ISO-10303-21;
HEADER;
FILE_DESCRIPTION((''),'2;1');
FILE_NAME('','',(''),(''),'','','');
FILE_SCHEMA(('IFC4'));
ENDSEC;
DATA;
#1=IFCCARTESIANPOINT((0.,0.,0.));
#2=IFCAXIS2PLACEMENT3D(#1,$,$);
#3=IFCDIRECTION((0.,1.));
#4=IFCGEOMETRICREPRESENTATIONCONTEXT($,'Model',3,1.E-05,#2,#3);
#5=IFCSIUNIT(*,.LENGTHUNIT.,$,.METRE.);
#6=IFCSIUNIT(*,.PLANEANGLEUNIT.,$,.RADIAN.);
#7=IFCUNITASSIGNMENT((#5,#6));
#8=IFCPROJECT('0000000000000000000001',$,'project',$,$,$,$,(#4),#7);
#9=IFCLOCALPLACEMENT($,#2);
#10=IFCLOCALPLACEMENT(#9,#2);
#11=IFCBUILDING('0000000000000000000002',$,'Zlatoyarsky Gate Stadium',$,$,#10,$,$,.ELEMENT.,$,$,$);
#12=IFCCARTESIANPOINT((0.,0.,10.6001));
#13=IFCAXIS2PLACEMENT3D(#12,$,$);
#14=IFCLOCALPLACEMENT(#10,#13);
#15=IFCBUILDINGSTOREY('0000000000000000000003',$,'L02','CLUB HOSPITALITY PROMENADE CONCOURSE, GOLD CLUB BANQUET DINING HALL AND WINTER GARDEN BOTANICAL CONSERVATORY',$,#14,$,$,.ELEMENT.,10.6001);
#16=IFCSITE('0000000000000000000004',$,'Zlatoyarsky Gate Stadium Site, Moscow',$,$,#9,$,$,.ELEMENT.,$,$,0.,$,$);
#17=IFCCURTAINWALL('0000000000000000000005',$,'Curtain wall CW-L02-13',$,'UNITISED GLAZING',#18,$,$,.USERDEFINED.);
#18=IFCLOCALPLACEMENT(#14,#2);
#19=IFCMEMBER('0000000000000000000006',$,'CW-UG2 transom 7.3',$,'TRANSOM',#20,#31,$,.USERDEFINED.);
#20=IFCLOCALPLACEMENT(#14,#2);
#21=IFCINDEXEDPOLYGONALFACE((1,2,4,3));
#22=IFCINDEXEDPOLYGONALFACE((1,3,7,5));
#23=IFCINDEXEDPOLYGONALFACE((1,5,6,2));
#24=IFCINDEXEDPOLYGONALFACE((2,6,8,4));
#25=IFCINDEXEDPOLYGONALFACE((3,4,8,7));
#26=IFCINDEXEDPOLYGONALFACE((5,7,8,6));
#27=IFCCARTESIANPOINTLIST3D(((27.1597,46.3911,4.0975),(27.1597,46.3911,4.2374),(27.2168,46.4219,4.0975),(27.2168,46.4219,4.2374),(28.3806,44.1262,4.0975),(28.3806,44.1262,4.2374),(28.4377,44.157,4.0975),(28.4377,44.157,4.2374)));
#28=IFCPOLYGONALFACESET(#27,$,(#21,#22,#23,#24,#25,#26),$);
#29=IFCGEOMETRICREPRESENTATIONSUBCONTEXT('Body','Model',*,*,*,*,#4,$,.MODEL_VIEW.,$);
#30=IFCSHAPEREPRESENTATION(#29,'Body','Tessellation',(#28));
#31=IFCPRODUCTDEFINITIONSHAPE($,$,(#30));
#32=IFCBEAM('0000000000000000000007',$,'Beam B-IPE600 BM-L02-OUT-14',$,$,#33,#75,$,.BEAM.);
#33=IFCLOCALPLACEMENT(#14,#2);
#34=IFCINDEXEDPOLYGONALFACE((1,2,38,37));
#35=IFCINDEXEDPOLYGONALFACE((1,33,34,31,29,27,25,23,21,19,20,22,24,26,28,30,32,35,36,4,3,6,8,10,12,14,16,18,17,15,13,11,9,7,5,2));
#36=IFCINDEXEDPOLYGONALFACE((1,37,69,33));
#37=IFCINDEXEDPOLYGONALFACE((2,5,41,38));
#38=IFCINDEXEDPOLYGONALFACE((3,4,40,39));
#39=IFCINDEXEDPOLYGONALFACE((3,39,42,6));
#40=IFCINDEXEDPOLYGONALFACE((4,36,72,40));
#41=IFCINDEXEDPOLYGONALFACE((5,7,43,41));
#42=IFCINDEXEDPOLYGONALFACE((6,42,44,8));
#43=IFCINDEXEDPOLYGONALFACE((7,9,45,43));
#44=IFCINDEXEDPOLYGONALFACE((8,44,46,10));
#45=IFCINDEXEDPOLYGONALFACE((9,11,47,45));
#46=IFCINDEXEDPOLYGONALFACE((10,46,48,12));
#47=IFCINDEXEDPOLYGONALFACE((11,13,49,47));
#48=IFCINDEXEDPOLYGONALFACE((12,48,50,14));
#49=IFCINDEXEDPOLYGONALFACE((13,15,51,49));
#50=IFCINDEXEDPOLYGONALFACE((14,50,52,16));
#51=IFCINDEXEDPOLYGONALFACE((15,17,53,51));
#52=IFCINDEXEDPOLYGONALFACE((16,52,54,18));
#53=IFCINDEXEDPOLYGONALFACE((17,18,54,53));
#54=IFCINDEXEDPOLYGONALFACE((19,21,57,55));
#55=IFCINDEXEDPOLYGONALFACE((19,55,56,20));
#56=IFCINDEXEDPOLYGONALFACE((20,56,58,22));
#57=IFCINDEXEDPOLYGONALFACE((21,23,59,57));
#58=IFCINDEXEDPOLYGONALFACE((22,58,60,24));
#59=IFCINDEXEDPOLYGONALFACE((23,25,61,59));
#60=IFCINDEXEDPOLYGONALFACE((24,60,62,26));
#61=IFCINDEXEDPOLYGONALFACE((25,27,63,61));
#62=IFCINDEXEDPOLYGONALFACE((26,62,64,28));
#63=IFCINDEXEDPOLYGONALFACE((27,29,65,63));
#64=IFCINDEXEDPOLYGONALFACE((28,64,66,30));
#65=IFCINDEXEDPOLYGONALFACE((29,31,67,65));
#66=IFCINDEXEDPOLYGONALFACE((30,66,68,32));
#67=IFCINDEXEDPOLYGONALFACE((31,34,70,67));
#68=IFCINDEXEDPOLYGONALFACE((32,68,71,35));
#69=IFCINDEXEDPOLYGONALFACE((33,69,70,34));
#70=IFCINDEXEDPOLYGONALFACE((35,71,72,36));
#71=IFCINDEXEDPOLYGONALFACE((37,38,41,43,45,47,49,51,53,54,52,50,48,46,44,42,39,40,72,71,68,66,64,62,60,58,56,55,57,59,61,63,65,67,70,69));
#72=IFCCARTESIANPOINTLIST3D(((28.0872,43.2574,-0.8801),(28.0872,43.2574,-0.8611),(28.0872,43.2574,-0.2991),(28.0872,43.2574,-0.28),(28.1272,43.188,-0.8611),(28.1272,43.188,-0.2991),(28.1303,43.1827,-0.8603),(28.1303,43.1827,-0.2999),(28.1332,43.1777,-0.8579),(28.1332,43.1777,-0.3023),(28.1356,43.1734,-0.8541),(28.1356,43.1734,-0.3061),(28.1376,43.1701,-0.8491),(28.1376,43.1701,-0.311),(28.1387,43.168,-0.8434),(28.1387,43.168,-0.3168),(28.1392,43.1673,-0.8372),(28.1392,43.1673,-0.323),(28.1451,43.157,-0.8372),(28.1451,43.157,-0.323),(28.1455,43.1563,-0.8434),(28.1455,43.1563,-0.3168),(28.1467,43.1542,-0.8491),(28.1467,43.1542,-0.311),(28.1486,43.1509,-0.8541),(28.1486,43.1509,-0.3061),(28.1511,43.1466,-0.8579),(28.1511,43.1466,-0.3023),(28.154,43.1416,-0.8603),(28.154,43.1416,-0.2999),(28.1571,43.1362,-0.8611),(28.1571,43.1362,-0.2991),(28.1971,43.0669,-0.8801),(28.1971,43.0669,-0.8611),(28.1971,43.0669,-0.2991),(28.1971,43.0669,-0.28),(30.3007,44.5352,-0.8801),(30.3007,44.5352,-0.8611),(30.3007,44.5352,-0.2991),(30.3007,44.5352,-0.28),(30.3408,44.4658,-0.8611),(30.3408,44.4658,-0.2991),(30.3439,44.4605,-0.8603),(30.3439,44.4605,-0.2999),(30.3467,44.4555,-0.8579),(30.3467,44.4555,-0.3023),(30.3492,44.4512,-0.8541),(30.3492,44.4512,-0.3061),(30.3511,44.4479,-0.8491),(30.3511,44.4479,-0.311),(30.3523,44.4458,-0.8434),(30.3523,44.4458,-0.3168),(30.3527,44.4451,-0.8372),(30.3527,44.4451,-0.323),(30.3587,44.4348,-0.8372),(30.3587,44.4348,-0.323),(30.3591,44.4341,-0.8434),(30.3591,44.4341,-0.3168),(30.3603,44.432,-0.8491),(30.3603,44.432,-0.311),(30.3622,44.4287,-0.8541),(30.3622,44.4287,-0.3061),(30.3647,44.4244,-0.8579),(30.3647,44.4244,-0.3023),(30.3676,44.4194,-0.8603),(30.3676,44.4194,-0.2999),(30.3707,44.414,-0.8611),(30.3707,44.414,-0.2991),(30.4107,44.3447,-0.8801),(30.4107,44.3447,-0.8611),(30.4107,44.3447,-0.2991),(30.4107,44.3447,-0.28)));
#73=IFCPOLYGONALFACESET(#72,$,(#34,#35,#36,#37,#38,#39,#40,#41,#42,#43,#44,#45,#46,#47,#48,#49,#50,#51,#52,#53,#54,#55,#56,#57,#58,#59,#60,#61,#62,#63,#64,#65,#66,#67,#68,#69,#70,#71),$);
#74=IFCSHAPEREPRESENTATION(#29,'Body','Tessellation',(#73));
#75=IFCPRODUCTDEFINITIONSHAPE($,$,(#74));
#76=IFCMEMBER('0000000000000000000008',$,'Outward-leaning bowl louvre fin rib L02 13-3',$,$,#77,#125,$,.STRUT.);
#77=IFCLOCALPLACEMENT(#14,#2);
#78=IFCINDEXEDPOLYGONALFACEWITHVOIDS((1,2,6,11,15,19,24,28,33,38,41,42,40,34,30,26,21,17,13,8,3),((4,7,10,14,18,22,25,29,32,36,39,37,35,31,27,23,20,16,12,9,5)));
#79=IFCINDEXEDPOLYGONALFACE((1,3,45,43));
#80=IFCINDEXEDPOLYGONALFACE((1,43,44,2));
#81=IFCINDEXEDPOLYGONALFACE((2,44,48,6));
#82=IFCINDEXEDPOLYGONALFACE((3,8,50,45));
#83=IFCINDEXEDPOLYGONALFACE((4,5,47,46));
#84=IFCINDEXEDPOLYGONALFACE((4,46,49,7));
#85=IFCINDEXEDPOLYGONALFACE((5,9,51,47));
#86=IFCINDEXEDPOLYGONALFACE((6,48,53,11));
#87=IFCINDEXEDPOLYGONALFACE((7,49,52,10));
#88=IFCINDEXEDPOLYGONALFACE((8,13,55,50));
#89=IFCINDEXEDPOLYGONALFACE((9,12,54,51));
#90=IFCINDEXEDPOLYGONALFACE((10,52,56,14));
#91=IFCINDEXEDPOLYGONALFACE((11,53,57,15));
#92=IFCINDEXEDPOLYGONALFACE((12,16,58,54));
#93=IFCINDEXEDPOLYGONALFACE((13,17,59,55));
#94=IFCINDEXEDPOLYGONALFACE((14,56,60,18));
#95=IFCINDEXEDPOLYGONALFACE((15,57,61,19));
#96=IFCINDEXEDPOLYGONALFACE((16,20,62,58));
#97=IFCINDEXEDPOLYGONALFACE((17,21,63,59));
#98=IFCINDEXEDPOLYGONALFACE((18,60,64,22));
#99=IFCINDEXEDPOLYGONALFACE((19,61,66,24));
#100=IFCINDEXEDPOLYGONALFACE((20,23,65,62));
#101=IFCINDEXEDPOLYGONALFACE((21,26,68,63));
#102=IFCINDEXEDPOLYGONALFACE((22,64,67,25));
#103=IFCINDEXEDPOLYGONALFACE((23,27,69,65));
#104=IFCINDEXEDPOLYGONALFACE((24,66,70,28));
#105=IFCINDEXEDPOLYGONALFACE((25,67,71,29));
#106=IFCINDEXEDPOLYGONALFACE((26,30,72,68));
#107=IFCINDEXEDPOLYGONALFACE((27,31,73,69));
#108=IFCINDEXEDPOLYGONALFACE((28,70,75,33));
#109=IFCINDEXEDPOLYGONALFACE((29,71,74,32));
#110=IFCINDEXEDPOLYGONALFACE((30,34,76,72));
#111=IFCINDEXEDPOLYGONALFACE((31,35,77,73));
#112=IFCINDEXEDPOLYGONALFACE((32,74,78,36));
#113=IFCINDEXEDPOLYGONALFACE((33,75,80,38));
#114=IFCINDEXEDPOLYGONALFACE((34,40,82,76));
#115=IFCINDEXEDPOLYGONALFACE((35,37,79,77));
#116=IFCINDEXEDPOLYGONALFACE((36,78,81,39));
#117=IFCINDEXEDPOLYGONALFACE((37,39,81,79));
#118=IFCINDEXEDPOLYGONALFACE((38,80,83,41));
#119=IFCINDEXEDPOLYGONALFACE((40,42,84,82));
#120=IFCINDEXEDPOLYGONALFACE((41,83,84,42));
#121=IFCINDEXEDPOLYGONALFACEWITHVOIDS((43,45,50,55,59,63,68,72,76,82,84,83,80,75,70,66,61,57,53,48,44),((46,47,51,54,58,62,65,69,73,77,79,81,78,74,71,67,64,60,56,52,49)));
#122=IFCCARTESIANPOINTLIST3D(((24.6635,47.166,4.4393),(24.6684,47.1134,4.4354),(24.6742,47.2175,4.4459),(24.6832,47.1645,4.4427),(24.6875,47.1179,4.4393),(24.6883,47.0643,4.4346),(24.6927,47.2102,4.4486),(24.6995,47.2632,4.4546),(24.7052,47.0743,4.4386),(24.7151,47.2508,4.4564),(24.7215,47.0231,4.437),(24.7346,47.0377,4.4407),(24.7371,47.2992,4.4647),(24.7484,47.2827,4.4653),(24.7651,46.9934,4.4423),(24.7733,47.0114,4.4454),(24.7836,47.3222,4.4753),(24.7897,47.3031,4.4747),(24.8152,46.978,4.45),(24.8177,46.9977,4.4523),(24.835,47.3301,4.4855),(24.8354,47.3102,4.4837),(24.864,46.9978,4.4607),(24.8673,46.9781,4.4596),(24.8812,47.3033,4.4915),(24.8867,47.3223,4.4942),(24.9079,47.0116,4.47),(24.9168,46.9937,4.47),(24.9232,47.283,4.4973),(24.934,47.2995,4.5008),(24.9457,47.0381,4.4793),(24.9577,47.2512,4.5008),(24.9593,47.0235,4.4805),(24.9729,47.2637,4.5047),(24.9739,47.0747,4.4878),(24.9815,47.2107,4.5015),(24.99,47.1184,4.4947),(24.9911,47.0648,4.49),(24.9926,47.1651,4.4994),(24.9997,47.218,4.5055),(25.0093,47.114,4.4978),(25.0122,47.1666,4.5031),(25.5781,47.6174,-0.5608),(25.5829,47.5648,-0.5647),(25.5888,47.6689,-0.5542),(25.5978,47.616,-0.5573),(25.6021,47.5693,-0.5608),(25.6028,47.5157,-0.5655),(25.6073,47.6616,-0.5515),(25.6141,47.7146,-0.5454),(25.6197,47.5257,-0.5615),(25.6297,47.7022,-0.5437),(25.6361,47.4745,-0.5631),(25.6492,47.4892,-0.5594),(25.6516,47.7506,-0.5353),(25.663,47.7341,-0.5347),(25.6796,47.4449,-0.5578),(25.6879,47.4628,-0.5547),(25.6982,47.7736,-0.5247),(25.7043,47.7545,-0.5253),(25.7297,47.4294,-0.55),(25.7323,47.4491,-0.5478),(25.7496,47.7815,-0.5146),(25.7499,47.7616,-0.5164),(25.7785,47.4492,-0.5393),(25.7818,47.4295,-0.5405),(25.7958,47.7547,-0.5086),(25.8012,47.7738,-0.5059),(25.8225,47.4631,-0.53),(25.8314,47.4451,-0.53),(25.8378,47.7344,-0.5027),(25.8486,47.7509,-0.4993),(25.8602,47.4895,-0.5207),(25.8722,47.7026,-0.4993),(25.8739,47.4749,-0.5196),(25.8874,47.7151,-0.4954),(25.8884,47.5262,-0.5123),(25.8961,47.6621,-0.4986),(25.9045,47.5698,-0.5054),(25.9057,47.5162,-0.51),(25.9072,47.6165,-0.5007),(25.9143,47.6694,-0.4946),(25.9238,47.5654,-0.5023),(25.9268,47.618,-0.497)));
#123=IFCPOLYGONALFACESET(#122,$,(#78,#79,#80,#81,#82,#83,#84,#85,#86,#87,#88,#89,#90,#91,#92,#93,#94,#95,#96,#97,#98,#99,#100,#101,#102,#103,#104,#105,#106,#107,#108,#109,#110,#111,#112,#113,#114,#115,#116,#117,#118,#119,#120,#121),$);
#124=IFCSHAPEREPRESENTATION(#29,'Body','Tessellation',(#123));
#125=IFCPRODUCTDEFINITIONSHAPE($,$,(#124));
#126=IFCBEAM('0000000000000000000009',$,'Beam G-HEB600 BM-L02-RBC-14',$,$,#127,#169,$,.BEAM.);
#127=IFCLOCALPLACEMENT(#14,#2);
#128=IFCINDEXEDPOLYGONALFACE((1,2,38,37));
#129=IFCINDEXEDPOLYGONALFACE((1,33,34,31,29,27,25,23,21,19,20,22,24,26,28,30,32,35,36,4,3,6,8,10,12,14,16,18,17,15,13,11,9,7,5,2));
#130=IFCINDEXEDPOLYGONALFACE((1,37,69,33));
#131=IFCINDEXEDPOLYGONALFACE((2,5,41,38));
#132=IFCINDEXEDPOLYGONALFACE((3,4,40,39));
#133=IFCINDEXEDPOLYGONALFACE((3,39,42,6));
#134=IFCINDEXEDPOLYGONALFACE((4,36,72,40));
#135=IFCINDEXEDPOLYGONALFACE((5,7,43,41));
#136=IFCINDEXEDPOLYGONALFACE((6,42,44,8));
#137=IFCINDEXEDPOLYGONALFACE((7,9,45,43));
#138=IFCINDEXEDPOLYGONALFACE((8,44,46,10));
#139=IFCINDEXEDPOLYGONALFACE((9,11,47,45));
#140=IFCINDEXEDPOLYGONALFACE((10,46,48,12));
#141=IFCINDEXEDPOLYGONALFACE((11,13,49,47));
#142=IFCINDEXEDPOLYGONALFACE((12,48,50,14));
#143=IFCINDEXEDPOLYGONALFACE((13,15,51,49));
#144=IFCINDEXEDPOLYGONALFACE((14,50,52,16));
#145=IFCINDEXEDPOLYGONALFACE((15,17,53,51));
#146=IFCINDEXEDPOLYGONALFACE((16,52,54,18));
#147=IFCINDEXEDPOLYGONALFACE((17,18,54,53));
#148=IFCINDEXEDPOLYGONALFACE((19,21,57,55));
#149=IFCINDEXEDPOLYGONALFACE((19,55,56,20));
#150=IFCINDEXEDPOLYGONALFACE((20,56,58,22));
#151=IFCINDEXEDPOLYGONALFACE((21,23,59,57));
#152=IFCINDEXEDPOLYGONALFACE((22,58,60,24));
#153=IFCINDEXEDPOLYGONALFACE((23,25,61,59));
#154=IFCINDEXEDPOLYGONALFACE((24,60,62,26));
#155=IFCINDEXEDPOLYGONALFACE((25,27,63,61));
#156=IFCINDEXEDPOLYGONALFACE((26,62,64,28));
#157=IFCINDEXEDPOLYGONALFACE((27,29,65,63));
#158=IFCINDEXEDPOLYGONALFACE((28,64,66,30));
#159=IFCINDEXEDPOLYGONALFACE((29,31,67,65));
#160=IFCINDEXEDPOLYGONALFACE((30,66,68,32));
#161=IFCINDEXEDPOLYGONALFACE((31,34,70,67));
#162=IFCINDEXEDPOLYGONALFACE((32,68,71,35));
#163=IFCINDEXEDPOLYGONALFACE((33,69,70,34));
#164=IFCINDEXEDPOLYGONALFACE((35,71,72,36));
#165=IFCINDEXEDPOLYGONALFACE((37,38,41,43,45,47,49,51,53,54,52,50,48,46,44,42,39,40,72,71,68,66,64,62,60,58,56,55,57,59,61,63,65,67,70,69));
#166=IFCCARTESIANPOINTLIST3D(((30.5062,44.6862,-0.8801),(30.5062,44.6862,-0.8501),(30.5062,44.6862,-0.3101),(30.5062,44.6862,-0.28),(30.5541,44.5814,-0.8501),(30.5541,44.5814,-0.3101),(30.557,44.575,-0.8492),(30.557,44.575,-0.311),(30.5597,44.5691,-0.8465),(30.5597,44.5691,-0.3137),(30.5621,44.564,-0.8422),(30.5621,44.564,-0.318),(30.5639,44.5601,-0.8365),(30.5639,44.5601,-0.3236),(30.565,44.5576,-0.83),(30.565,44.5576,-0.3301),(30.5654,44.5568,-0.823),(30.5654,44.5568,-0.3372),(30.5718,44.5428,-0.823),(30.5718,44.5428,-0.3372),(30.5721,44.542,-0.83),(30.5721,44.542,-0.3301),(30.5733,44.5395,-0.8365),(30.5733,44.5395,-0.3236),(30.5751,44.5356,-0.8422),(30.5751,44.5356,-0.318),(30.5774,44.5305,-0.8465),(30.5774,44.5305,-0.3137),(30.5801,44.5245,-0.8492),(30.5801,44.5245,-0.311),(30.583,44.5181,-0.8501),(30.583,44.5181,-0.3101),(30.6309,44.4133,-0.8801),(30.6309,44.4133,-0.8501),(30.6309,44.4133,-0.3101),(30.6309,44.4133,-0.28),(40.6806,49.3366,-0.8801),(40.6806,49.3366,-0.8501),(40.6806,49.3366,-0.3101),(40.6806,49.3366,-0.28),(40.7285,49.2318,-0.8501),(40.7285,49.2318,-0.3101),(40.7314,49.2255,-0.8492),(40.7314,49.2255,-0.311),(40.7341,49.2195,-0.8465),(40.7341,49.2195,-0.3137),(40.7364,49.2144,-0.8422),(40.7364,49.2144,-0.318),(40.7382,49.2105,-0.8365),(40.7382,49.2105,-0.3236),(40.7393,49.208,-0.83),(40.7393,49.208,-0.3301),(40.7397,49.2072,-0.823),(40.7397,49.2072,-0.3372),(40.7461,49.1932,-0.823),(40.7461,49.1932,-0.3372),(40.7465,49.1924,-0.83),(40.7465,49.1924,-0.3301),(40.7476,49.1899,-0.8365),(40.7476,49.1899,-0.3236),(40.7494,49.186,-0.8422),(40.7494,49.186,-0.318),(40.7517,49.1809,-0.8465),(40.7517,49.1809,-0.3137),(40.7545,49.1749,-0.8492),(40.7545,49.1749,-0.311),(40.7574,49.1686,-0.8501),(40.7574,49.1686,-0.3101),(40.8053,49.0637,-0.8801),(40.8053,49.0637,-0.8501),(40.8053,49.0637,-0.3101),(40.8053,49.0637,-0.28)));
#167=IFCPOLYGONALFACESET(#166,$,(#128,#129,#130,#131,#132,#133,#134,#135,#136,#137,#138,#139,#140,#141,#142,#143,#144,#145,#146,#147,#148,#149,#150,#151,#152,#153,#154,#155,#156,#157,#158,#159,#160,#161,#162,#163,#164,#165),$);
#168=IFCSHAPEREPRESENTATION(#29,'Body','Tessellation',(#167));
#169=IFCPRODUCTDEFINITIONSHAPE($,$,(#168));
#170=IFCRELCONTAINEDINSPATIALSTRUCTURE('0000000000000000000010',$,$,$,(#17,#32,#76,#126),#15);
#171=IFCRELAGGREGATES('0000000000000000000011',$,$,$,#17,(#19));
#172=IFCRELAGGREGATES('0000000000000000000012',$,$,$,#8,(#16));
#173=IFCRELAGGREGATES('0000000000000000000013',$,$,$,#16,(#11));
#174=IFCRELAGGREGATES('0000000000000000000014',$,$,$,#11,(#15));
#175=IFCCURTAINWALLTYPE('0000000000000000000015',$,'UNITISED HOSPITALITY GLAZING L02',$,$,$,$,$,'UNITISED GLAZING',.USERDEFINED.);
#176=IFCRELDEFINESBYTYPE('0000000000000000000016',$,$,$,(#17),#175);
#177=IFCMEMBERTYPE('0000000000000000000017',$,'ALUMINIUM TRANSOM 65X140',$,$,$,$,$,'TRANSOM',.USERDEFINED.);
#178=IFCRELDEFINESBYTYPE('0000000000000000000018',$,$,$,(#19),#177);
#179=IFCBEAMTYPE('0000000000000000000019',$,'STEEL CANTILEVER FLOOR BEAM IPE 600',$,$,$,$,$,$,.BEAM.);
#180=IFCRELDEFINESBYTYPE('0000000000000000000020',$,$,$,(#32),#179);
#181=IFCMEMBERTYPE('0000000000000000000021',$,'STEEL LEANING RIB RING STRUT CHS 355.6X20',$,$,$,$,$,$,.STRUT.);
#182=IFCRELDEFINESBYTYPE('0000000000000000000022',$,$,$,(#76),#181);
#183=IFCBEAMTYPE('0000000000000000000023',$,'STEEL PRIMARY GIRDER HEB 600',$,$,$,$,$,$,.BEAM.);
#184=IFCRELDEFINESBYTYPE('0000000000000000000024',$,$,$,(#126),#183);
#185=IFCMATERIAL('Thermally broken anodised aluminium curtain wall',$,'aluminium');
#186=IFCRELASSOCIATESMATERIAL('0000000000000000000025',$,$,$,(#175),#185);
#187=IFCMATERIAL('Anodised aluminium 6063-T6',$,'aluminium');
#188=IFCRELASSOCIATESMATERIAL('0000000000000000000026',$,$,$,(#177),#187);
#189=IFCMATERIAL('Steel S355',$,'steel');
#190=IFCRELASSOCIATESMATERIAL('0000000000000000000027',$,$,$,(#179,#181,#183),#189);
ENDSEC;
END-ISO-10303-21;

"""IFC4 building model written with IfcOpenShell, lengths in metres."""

from ifc_helpers import new_model, si_unit, direction, frame, origin, origin_2d, place, context, subcontext, project, spatial, rectangle, hollow_circle, i_section, extrude, material, material_profile, profile_set, type_object, element, aggregate, save


model = new_model("IFC4")

# Units and contexts
model_context = context("Model", 3, precision=1e-05, world=origin(), true_north=direction((0.0, 1.0)))
body_context = subcontext(model_context, "Body", "Model", "MODEL_VIEW")
ifc_project = project(units=[si_unit("LENGTHUNIT", "METRE"), si_unit("PLANEANGLEUNIT", "RADIAN")], contexts=[model_context])

# Site, building, storey
site_placement = place(None, origin())
site = spatial("IfcSite", under=ifc_project, at=site_placement, Name="Zlatoyarsky Gate Stadium Site, Moscow", CompositionType="ELEMENT", RefElevation=0.0)
building_placement = place(site_placement, origin())
building = spatial("IfcBuilding", under=site, at=building_placement, Name="Zlatoyarsky Gate Stadium", CompositionType="ELEMENT")
storey_placement = place(building_placement, frame((0.0, 0.0, 10.6001)))
storey = spatial("IfcBuildingStorey", under=building, at=storey_placement, Name="L02", Description="CLUB HOSPITALITY PROMENADE CONCOURSE, GOLD CLUB BANQUET DINING HALL AND WINTER GARDEN BOTANICAL CONSERVATORY", CompositionType="ELEMENT", Elevation=10.6001)

# Shared definitions
ifc_material_1 = material(Name="Steel S355", Category="steel")

# Curtain wall, member
ifc_material_2 = material(Name="Thermally broken anodised aluminium curtain wall", Category="aluminium")
curtain_wall_type = type_object("IfcCurtainWallType", Name="UNITISED HOSPITALITY GLAZING L02", ElementType="UNITISED GLAZING", PredefinedType="USERDEFINED", material=ifc_material_2)
curtain_wall_placement = place(storey_placement, origin())
curtain_wall = element("IfcCurtainWall", 1, at=curtain_wall_placement, inside=storey, type_object=curtain_wall_type, Name="Curtain wall CW-L02-13", ObjectType="UNITISED GLAZING", PredefinedType="USERDEFINED")
ifc_material_3 = material(Name="Anodised aluminium 6063-T6", Category="aluminium")
ifc_material_profile_1 = material_profile(ifc_material_3, rectangle(XDim=0.0649, YDim=0.1399, at=origin_2d()), Name="ALU 65X140")
ifc_profile_set_1 = profile_set([ifc_material_profile_1], Name="Anodised aluminium 6063-T6")
member_type_1 = type_object("IfcMemberType", Name="ALUMINIUM TRANSOM 65X140", ElementType="TRANSOM", PredefinedType="USERDEFINED", material=ifc_profile_set_1)
member_1_placement = place(storey_placement, frame((27.1882, 46.4065, 4.1675), z_axis=(0.474518, -0.880246, 0.0), x_axis=(0.880246, 0.474518, 0.0)))
member_1 = element("IfcMember", 2, at=member_1_placement, type_object=member_type_1, Name="CW-UG2 transom 7.3", ObjectType="TRANSOM", PredefinedType="USERDEFINED", context=body_context, shape_type="SweptSolid", body=[
    extrude(rectangle(XDim=0.0649, YDim=0.1399, at=origin_2d()), origin(), (0.0, 0.0, 1.0), 2.573),
])

# Beam
ifc_material_profile_2 = material_profile(ifc_material_1, i_section(OverallWidth=0.22, OverallDepth=0.6001, WebThickness=0.012, FlangeThickness=0.019, FilletRadius=0.0239, at=origin_2d()), Name="IPE 600")
ifc_profile_set_2 = profile_set([ifc_material_profile_2], Name="Steel S355")
beam_type_1 = type_object("IfcBeamType", Name="STEEL CANTILEVER FLOOR BEAM IPE 600", PredefinedType="BEAM", material=ifc_profile_set_2)
beam_1_placement = place(storey_placement, frame((30.3557, 44.4399, -0.5801), z_axis=(-0.86606, -0.49994, 0.0), x_axis=(0.49994, -0.86606, 0.0)))
element("IfcBeam", 3, at=beam_1_placement, inside=storey, type_object=beam_type_1, Name="Beam B-IPE600 BM-L02-OUT-14", PredefinedType="BEAM", context=body_context, shape_type="SweptSolid", body=[
    extrude(i_section(OverallWidth=0.22, OverallDepth=0.6001, WebThickness=0.012, FlangeThickness=0.019, FilletRadius=0.0239, at=origin_2d()), origin(), (0.0, 0.0, 1.0), 2.5559),
])

# Member
ifc_material_profile_3 = material_profile(ifc_material_1, hollow_circle(Radius=0.1777, WallThickness=0.02, at=origin_2d()), Name="CHS 355.6X20")
ifc_profile_set_3 = profile_set([ifc_material_profile_3], Name="Steel S355")
member_type_2 = type_object("IfcMemberType", Name="STEEL LEANING RIB RING STRUT CHS 355.6X20", PredefinedType="STRUT", material=ifc_profile_set_3)
member_2_placement = place(storey_placement, frame((25.7527, 47.6045, -0.53), z_axis=(-0.17922, -0.088462, 0.979824), x_axis=(0.442612, -0.896713, 0.0)))
element("IfcMember", 4, at=member_2_placement, inside=storey, type_object=member_type_2, Name="Outward-leaning bowl louvre fin rib L02 13-3", PredefinedType="STRUT", context=body_context, shape_type="SweptSolid", body=[
    extrude(hollow_circle(Radius=0.1777, WallThickness=0.02, at=origin_2d()), origin(), (0.0, 0.0, 1.0), 5.103),
])

# Beam
ifc_material_profile_4 = material_profile(ifc_material_1, i_section(OverallWidth=0.3, OverallDepth=0.6001, WebThickness=0.0154, FlangeThickness=0.03, FilletRadius=0.0271, at=origin_2d()), Name="HEB 600")
ifc_profile_set_4 = profile_set([ifc_material_profile_4], Name="Steel S355")
beam_type_2 = type_object("IfcBeamType", Name="STEEL PRIMARY GIRDER HEB 600", PredefinedType="BEAM", material=ifc_profile_set_4)
beam_2_placement = place(storey_placement, frame((40.7429, 49.2002, -0.5801), z_axis=(-0.909499, -0.415706, 0.0), x_axis=(0.415706, -0.909499, 0.0)))
element("IfcBeam", 5, at=beam_2_placement, inside=storey, type_object=beam_type_2, Name="Beam G-HEB600 BM-L02-RBC-14", PredefinedType="BEAM", context=body_context, shape_type="SweptSolid", body=[
    extrude(i_section(OverallWidth=0.3, OverallDepth=0.6001, WebThickness=0.0154, FlangeThickness=0.03, FilletRadius=0.0271, at=origin_2d()), origin(), (0.0, 0.0, 1.0), 11.1868),
])

aggregate(curtain_wall, [member_1])

save(model, "model.ifc")
